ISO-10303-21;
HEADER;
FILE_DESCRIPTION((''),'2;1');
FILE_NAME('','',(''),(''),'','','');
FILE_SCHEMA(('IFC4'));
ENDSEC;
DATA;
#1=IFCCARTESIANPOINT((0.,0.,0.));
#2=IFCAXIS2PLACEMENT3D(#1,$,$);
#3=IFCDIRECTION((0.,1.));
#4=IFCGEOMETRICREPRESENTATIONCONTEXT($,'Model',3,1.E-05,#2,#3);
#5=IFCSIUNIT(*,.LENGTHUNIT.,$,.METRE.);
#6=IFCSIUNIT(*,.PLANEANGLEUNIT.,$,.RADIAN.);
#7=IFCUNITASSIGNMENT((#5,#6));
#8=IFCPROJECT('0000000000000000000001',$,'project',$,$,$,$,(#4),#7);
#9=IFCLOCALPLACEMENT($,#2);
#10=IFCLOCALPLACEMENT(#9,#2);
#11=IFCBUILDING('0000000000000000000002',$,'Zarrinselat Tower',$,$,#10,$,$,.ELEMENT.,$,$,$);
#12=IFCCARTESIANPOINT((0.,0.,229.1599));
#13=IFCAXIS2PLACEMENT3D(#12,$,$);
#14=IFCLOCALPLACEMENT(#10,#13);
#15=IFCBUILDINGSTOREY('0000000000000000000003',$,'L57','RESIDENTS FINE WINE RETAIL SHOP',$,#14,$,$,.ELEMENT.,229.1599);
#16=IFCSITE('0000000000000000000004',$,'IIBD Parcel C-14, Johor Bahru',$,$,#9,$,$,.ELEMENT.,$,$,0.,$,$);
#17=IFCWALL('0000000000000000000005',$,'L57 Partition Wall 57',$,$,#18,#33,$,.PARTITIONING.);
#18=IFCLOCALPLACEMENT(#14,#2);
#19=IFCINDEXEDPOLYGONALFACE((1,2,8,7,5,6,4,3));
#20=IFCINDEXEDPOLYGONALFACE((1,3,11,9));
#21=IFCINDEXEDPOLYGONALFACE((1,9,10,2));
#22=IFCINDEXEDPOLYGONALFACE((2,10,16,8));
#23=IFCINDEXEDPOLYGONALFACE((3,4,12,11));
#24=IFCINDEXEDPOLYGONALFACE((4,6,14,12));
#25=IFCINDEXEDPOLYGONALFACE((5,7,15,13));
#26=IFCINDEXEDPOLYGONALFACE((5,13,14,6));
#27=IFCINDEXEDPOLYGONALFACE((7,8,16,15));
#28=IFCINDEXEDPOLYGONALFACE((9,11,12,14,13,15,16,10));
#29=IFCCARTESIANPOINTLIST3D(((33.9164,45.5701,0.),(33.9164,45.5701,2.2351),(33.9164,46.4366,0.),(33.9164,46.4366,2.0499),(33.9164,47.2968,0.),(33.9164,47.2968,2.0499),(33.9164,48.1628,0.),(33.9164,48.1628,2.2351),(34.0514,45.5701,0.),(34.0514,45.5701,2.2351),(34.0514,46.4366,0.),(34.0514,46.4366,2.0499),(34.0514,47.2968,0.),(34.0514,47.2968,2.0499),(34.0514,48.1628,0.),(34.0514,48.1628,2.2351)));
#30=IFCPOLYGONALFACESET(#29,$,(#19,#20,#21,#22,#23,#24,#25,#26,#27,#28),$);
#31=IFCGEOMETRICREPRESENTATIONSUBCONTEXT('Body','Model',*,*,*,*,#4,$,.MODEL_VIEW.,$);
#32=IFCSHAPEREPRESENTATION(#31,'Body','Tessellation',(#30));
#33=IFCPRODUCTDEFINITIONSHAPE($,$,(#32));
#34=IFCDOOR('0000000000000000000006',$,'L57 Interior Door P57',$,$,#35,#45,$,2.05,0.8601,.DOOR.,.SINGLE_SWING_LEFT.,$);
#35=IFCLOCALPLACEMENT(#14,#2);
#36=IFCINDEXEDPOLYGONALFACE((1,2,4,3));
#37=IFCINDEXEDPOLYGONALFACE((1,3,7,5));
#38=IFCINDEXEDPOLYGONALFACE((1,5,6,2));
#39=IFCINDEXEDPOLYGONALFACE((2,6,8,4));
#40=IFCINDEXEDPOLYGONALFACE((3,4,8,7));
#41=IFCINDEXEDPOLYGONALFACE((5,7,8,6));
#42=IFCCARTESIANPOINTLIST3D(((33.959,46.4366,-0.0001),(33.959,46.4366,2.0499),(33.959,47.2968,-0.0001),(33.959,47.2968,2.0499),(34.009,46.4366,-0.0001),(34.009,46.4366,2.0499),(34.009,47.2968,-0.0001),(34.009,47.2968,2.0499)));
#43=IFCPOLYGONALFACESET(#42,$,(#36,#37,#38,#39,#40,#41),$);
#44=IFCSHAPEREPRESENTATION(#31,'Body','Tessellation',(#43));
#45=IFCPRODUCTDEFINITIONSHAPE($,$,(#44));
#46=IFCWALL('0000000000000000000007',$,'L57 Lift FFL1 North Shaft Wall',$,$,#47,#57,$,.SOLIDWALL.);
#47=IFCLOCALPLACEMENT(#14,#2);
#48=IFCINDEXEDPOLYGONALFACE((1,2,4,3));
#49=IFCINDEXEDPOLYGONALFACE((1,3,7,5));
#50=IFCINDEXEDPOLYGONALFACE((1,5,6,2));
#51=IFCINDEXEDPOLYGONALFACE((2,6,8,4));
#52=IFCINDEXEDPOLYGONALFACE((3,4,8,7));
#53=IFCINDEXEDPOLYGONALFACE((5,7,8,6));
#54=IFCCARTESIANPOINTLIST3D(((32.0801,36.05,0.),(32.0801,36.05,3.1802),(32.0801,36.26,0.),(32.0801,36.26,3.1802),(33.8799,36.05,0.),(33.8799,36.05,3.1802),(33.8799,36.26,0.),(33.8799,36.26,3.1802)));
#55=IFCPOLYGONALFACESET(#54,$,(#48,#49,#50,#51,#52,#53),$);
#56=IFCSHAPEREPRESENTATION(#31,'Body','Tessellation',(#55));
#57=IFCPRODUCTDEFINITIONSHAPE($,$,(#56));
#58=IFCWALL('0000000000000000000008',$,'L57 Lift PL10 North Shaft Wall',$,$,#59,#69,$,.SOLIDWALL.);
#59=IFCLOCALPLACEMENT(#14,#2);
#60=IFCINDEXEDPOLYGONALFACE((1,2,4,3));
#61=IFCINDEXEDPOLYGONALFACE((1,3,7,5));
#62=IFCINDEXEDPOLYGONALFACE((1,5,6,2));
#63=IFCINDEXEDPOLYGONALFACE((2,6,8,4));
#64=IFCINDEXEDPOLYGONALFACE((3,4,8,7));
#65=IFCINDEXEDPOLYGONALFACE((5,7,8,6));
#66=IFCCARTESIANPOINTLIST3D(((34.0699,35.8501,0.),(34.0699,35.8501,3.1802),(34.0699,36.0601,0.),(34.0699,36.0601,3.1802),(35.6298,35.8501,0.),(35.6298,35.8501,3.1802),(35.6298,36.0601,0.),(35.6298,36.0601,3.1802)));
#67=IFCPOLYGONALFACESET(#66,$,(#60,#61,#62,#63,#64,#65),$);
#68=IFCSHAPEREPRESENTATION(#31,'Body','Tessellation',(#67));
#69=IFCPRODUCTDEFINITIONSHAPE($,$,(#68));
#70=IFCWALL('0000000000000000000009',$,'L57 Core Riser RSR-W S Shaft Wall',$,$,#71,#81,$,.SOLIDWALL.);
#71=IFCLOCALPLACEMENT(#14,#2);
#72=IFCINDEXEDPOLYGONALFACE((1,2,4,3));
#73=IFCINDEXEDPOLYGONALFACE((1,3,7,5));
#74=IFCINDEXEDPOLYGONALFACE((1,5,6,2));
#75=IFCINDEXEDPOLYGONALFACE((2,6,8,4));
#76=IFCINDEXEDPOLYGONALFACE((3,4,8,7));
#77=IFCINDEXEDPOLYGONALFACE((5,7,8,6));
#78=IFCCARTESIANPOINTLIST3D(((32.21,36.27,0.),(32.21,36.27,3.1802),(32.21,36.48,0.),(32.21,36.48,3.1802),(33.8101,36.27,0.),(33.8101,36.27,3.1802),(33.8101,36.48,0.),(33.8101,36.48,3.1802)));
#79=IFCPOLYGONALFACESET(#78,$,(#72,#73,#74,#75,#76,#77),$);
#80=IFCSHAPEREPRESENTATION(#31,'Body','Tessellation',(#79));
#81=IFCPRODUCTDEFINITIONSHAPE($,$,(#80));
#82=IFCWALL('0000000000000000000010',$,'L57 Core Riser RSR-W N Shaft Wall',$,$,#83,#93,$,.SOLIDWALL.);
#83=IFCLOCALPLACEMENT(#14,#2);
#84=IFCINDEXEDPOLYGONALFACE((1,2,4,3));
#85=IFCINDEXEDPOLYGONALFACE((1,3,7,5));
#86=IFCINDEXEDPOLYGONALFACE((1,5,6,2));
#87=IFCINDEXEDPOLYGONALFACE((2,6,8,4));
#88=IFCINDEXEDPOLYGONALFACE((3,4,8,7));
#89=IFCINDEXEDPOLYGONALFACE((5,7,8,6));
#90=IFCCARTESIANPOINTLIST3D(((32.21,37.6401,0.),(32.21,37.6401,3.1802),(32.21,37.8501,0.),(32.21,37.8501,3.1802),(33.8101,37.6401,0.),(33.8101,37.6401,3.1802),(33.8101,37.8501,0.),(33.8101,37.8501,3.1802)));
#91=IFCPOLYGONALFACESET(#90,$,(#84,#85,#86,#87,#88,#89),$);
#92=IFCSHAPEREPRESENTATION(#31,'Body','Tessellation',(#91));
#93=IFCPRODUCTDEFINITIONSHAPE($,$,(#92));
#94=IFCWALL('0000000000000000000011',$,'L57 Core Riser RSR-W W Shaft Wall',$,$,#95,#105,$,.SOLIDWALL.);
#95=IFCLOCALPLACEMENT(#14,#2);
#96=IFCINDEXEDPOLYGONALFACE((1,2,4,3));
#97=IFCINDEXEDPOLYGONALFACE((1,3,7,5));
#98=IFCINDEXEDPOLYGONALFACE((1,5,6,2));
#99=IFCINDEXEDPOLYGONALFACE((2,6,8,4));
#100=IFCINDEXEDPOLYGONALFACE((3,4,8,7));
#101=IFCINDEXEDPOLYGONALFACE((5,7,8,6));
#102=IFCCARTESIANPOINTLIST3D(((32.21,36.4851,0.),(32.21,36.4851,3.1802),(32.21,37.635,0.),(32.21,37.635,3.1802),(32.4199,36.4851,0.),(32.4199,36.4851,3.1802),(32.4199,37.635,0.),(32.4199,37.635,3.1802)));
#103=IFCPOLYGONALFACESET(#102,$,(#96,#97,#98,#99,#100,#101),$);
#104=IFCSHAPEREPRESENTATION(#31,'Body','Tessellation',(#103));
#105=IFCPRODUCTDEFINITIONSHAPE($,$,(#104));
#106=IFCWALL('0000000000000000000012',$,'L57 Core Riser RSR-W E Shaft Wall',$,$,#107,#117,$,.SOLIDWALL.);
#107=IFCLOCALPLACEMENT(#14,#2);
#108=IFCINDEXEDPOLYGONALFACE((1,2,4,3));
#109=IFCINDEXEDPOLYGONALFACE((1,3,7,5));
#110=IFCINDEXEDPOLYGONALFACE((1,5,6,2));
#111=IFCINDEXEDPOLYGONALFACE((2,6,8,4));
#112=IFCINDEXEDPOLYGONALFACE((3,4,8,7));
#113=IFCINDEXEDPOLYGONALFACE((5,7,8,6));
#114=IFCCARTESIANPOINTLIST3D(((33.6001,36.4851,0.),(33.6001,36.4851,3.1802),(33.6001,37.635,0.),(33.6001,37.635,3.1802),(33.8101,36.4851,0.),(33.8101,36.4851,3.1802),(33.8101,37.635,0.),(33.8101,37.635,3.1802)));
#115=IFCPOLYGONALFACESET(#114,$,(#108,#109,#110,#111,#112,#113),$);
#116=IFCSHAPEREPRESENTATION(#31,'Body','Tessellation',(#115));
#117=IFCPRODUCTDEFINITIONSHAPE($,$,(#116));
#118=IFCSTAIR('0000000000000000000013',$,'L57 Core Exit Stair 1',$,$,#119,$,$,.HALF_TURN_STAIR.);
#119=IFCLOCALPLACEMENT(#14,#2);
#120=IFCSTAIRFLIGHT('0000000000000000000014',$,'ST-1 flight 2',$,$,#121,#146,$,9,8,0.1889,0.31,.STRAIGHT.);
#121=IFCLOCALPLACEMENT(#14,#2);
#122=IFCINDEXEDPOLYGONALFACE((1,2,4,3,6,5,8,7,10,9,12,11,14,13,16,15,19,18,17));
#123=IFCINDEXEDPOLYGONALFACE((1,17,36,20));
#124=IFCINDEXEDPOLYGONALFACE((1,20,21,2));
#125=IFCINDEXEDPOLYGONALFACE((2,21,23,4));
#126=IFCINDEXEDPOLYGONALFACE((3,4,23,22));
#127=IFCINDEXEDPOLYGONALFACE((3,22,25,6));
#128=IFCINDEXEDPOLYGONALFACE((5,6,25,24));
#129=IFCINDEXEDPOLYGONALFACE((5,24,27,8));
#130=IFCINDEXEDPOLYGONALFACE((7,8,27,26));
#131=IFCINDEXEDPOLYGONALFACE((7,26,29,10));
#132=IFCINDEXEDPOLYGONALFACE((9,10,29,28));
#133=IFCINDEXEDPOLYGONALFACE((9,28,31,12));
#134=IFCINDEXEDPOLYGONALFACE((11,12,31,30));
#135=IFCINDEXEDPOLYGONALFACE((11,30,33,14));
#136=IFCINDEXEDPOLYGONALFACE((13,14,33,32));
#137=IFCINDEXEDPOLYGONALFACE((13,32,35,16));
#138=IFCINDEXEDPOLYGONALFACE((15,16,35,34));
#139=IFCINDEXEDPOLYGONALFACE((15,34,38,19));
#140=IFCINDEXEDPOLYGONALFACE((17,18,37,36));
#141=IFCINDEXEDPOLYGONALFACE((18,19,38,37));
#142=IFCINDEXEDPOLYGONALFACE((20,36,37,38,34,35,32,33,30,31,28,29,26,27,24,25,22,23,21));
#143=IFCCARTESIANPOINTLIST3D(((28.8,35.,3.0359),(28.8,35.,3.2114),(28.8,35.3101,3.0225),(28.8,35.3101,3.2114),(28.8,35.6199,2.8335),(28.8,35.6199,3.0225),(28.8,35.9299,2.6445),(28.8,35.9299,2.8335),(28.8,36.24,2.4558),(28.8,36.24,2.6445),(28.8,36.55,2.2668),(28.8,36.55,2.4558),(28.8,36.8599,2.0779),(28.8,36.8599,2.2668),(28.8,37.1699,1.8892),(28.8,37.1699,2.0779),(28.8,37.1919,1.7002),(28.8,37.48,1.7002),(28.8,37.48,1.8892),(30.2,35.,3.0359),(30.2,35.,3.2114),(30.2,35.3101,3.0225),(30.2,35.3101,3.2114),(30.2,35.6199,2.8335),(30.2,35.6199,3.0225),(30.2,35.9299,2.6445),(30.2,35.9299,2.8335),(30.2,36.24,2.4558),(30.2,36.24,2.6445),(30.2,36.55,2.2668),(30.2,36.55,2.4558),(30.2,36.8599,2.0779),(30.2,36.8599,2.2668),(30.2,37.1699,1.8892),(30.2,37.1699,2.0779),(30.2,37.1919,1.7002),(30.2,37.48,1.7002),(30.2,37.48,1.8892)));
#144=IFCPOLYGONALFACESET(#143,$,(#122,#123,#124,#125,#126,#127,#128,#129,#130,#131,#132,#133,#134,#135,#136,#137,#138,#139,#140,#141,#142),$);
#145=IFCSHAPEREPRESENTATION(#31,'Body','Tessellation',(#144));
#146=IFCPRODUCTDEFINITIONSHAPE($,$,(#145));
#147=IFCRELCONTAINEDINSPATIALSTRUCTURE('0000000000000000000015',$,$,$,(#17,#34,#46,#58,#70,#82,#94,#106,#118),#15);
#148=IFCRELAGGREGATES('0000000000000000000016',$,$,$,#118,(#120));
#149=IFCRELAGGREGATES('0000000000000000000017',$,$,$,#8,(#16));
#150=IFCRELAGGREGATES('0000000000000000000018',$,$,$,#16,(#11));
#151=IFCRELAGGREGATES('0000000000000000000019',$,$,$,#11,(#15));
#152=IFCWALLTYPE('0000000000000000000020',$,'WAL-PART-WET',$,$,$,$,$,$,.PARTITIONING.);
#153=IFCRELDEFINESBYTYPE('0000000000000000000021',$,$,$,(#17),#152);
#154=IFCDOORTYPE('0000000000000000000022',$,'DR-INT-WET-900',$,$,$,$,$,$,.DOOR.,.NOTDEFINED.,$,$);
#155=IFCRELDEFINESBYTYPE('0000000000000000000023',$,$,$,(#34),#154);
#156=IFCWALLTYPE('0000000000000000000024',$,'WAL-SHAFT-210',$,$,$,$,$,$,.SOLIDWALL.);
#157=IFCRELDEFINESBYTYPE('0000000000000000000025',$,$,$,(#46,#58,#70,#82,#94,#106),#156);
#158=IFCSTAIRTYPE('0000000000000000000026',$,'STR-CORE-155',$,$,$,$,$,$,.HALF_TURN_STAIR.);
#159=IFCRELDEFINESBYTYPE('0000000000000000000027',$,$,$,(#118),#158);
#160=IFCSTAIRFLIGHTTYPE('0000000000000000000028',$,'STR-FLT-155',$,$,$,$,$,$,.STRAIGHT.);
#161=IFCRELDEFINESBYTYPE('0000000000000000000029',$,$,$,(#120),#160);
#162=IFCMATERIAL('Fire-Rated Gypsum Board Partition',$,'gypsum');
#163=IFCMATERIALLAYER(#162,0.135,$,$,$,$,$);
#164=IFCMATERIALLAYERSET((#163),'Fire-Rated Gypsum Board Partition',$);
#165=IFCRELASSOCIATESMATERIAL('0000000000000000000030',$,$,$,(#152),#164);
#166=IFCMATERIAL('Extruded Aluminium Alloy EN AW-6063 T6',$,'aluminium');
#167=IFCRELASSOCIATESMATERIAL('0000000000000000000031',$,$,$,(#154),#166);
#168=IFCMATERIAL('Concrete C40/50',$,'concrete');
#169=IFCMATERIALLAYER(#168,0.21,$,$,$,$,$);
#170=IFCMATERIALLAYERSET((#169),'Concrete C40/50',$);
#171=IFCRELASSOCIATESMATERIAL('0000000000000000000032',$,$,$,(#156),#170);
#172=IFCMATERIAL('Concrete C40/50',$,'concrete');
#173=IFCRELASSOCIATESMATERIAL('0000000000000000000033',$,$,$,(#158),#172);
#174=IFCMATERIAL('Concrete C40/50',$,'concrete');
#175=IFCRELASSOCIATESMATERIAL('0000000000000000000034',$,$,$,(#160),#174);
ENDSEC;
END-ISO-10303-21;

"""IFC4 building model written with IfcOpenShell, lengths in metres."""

from ifc_helpers import new_model, si_unit, direction, frame, frame_2d, origin, place, context, subcontext, project, spatial, polyline, rectangle, outline, extrude, material, layer, layer_set, type_object, element, fill, aggregate, save


model = new_model("IFC4")

# Units and contexts
model_context = context("Model", 3, precision=1e-05, world=origin(), true_north=direction((0.0, 1.0)))
body_context = subcontext(model_context, "Body", "Model", "MODEL_VIEW")
ifc_project = project(units=[si_unit("LENGTHUNIT", "METRE"), si_unit("PLANEANGLEUNIT", "RADIAN")], contexts=[model_context])

# Site, building, storey
site_placement = place(None, origin())
site = spatial("IfcSite", under=ifc_project, at=site_placement, Name="IIBD Parcel C-14, Johor Bahru", CompositionType="ELEMENT", RefElevation=0.0)
building_placement = place(site_placement, origin())
building = spatial("IfcBuilding", under=site, at=building_placement, Name="Zarrinselat Tower", CompositionType="ELEMENT")
storey_placement = place(building_placement, frame((0.0, 0.0, 229.1599)))
storey = spatial("IfcBuildingStorey", under=building, at=storey_placement, Name="L57", Description="RESIDENTS FINE WINE RETAIL SHOP", CompositionType="ELEMENT", Elevation=229.1599)

# Shared definitions
ifc_material_1 = material(Name="Fire-Rated Gypsum Board Partition", Category="gypsum")
ifc_layer_1 = layer(ifc_material_1, 0.135)
ifc_layer_set_1 = layer_set([ifc_layer_1], Name="Fire-Rated Gypsum Board Partition")
wall_type_1 = type_object("IfcWallType", Name="WAL-PART-WET", PredefinedType="PARTITIONING", material=ifc_layer_set_1)

# Wall, opening, door
wall_1_placement = place(storey_placement, frame((33.9839, 45.5701, 0.0), z_axis=(0.0, 0.0, 1.0), x_axis=(0.0, 1.0, 0.0)))
wall_1 = element("IfcWall", 1, at=wall_1_placement, inside=storey, type_object=wall_type_1, Name="L57 Partition Wall 57", PredefinedType="PARTITIONING", context=body_context, shape_type="SweptSolid", body=[
    extrude(rectangle(XDim=2.5928, YDim=0.135, at=frame_2d((1.2964, 0.0))), origin(), (0.0, 0.0, 1.0), 2.2351),
])
opening_1_placement = place(wall_1_placement, frame((0.8665, 0.0, 0.0)))
opening_1 = element("IfcOpeningElement", 2, at=opening_1_placement, cuts=wall_1, PredefinedType="OPENING", context=body_context, shape_type="SweptSolid", body=[
    extrude(rectangle(XDim=0.8601, YDim=2.05, at=frame_2d((0.4302, 1.0249))), frame((0.0, 0.0774, 0.0), z_axis=(0.0, -1.0, 0.0), x_axis=(1.0, 0.0, 0.0)), (0.0, 0.0, 1.0), 0.155),
])
ifc_material_2 = material(Name="Extruded Aluminium Alloy EN AW-6063 T6", Category="aluminium")
door_type_1 = type_object("IfcDoorType", Name="DR-INT-WET-900", OperationType="NOTDEFINED", PredefinedType="DOOR", material=ifc_material_2)
door_1_placement = place(opening_1_placement, origin())
door_1 = element("IfcDoor", 3, at=door_1_placement, inside=storey, type_object=door_type_1, Name="L57 Interior Door P57", OperationType="SINGLE_SWING_LEFT", OverallHeight=2.05, OverallWidth=0.8601, PredefinedType="DOOR", context=body_context, shape_type="SweptSolid", body=[
    extrude(rectangle(XDim=0.8601, YDim=2.05, at=frame_2d((0.4302, 1.0249))), frame((0.0, 0.0249, 0.0), z_axis=(0.0, -1.0, 0.0), x_axis=(1.0, 0.0, 0.0)), (0.0, 0.0, 1.0), 0.05),
])
fill(opening_1, door_1)

# Walls
ifc_material_3 = material(Name="Concrete C40/50", Category="concrete")
ifc_layer_2 = layer(ifc_material_3, 0.21)
ifc_layer_set_2 = layer_set([ifc_layer_2], Name="Concrete C40/50")
wall_type_2 = type_object("IfcWallType", Name="WAL-SHAFT-210", PredefinedType="SOLIDWALL", material=ifc_layer_set_2)
wall_2_placement = place(storey_placement, frame((32.0801, 36.155, 0.0), z_axis=(0.0, 0.0, 1.0), x_axis=(1.0, 0.0, 0.0)))
element("IfcWall", 4, at=wall_2_placement, inside=storey, type_object=wall_type_2, Name="L57 Lift FFL1 North Shaft Wall", PredefinedType="SOLIDWALL", context=body_context, shape_type="SweptSolid", body=[
    extrude(rectangle(XDim=1.7998, YDim=0.21, at=frame_2d((0.8999, 0.0))), origin(), (0.0, 0.0, 1.0), 3.1802),
])
wall_3_placement = place(storey_placement, frame((34.0701, 35.9551, 0.0), z_axis=(0.0, 0.0, 1.0), x_axis=(1.0, 0.0, 0.0)))
element("IfcWall", 5, at=wall_3_placement, inside=storey, type_object=wall_type_2, Name="L57 Lift PL10 North Shaft Wall", PredefinedType="SOLIDWALL", context=body_context, shape_type="SweptSolid", body=[
    extrude(rectangle(XDim=1.5598, YDim=0.21, at=frame_2d((0.7798, 0.0))), origin(), (0.0, 0.0, 1.0), 3.1802),
])
for number, where, z_axis, x_axis, name in (
    (6, (32.21, 36.375, 0.0), (0.0, 0.0, 1.0), (1.0, 0.0, 0.0), "L57 Core Riser RSR-W S Shaft Wall"),
    (7, (32.21, 37.7451, 0.0), (0.0, 0.0, 1.0), (1.0, 0.0, 0.0), "L57 Core Riser RSR-W N Shaft Wall"),
):
    element("IfcWall", number, at=place(storey_placement, frame(where, z_axis=z_axis, x_axis=x_axis)), inside=storey, type_object=wall_type_2, Name=name, PredefinedType="SOLIDWALL", context=body_context, shape_type="SweptSolid", body=[
        extrude(rectangle(XDim=1.6001, YDim=0.21, at=frame_2d((0.8, 0.0))), origin(), (0.0, 0.0, 1.0), 3.1802),
    ])
for number, where, z_axis, x_axis, name in (
    (8, (32.3149, 36.4851, 0.0), (0.0, 0.0, 1.0), (0.0, 1.0, 0.0), "L57 Core Riser RSR-W W Shaft Wall"),
    (9, (33.7051, 36.4851, 0.0), (0.0, 0.0, 1.0), (0.0, 1.0, 0.0), "L57 Core Riser RSR-W E Shaft Wall"),
):
    element("IfcWall", number, at=place(storey_placement, frame(where, z_axis=z_axis, x_axis=x_axis)), inside=storey, type_object=wall_type_2, Name=name, PredefinedType="SOLIDWALL", context=body_context, shape_type="SweptSolid", body=[
        extrude(rectangle(XDim=1.1499, YDim=0.21, at=frame_2d((0.575, 0.0))), origin(), (0.0, 0.0, 1.0), 3.1802),
    ])

# Stair, stair flight
ifc_material_4 = material(Name="Concrete C40/50", Category="concrete")
stair_type = type_object("IfcStairType", Name="STR-CORE-155", PredefinedType="HALF_TURN_STAIR", material=ifc_material_4)
stair_placement = place(storey_placement, origin())
stair = element("IfcStair", 10, at=stair_placement, inside=storey, type_object=stair_type, Name="L57 Core Exit Stair 1", PredefinedType="HALF_TURN_STAIR")
ifc_material_5 = material(Name="Concrete C40/50", Category="concrete")
stair_flight_type = type_object("IfcStairFlightType", Name="STR-FLT-155", PredefinedType="STRAIGHT", material=ifc_material_5)
stair_flight_placement = place(storey_placement, frame((29.5, 37.48, 1.7002), z_axis=(0.0, 0.0, 1.0), x_axis=(0.0, -1.0, 0.0)))
stair_flight = element("IfcStairFlight", 11, at=stair_flight_placement, type_object=stair_flight_type, Name="ST-1 flight 2", NumberOfRisers=9, NumberOfTreads=8, PredefinedType="STRAIGHT", RiserHeight=0.1889, TreadLength=0.31, context=body_context, shape_type="SweptSolid", body=[
    extrude(outline(polyline([(0.0, 0.0), (0.0, 0.189), (0.3101, 0.189), (0.3101, 0.3777), (0.6201, 0.3777), (0.6201, 0.5667), (0.9299, 0.5667), (0.9299, 0.7556), (1.24, 0.7556), (1.24, 0.9443), (1.55, 0.9443), (1.55, 1.1333), (1.8601, 1.1333), (1.8601, 1.3223), (2.1699, 1.3223), (2.1699, 1.5112), (2.48, 1.5112), (2.48, 1.7), (2.48, 1.3357), (0.2881, 0.0), (0.0, 0.0)])), frame((0.0, 0.7, 0.0), z_axis=(0.0, -1.0, 0.0), x_axis=(1.0, 0.0, 0.0)), (0.0, 0.0, 1.0), 1.3999),
])
aggregate(stair, [stair_flight])

save(model, "model.ifc")
